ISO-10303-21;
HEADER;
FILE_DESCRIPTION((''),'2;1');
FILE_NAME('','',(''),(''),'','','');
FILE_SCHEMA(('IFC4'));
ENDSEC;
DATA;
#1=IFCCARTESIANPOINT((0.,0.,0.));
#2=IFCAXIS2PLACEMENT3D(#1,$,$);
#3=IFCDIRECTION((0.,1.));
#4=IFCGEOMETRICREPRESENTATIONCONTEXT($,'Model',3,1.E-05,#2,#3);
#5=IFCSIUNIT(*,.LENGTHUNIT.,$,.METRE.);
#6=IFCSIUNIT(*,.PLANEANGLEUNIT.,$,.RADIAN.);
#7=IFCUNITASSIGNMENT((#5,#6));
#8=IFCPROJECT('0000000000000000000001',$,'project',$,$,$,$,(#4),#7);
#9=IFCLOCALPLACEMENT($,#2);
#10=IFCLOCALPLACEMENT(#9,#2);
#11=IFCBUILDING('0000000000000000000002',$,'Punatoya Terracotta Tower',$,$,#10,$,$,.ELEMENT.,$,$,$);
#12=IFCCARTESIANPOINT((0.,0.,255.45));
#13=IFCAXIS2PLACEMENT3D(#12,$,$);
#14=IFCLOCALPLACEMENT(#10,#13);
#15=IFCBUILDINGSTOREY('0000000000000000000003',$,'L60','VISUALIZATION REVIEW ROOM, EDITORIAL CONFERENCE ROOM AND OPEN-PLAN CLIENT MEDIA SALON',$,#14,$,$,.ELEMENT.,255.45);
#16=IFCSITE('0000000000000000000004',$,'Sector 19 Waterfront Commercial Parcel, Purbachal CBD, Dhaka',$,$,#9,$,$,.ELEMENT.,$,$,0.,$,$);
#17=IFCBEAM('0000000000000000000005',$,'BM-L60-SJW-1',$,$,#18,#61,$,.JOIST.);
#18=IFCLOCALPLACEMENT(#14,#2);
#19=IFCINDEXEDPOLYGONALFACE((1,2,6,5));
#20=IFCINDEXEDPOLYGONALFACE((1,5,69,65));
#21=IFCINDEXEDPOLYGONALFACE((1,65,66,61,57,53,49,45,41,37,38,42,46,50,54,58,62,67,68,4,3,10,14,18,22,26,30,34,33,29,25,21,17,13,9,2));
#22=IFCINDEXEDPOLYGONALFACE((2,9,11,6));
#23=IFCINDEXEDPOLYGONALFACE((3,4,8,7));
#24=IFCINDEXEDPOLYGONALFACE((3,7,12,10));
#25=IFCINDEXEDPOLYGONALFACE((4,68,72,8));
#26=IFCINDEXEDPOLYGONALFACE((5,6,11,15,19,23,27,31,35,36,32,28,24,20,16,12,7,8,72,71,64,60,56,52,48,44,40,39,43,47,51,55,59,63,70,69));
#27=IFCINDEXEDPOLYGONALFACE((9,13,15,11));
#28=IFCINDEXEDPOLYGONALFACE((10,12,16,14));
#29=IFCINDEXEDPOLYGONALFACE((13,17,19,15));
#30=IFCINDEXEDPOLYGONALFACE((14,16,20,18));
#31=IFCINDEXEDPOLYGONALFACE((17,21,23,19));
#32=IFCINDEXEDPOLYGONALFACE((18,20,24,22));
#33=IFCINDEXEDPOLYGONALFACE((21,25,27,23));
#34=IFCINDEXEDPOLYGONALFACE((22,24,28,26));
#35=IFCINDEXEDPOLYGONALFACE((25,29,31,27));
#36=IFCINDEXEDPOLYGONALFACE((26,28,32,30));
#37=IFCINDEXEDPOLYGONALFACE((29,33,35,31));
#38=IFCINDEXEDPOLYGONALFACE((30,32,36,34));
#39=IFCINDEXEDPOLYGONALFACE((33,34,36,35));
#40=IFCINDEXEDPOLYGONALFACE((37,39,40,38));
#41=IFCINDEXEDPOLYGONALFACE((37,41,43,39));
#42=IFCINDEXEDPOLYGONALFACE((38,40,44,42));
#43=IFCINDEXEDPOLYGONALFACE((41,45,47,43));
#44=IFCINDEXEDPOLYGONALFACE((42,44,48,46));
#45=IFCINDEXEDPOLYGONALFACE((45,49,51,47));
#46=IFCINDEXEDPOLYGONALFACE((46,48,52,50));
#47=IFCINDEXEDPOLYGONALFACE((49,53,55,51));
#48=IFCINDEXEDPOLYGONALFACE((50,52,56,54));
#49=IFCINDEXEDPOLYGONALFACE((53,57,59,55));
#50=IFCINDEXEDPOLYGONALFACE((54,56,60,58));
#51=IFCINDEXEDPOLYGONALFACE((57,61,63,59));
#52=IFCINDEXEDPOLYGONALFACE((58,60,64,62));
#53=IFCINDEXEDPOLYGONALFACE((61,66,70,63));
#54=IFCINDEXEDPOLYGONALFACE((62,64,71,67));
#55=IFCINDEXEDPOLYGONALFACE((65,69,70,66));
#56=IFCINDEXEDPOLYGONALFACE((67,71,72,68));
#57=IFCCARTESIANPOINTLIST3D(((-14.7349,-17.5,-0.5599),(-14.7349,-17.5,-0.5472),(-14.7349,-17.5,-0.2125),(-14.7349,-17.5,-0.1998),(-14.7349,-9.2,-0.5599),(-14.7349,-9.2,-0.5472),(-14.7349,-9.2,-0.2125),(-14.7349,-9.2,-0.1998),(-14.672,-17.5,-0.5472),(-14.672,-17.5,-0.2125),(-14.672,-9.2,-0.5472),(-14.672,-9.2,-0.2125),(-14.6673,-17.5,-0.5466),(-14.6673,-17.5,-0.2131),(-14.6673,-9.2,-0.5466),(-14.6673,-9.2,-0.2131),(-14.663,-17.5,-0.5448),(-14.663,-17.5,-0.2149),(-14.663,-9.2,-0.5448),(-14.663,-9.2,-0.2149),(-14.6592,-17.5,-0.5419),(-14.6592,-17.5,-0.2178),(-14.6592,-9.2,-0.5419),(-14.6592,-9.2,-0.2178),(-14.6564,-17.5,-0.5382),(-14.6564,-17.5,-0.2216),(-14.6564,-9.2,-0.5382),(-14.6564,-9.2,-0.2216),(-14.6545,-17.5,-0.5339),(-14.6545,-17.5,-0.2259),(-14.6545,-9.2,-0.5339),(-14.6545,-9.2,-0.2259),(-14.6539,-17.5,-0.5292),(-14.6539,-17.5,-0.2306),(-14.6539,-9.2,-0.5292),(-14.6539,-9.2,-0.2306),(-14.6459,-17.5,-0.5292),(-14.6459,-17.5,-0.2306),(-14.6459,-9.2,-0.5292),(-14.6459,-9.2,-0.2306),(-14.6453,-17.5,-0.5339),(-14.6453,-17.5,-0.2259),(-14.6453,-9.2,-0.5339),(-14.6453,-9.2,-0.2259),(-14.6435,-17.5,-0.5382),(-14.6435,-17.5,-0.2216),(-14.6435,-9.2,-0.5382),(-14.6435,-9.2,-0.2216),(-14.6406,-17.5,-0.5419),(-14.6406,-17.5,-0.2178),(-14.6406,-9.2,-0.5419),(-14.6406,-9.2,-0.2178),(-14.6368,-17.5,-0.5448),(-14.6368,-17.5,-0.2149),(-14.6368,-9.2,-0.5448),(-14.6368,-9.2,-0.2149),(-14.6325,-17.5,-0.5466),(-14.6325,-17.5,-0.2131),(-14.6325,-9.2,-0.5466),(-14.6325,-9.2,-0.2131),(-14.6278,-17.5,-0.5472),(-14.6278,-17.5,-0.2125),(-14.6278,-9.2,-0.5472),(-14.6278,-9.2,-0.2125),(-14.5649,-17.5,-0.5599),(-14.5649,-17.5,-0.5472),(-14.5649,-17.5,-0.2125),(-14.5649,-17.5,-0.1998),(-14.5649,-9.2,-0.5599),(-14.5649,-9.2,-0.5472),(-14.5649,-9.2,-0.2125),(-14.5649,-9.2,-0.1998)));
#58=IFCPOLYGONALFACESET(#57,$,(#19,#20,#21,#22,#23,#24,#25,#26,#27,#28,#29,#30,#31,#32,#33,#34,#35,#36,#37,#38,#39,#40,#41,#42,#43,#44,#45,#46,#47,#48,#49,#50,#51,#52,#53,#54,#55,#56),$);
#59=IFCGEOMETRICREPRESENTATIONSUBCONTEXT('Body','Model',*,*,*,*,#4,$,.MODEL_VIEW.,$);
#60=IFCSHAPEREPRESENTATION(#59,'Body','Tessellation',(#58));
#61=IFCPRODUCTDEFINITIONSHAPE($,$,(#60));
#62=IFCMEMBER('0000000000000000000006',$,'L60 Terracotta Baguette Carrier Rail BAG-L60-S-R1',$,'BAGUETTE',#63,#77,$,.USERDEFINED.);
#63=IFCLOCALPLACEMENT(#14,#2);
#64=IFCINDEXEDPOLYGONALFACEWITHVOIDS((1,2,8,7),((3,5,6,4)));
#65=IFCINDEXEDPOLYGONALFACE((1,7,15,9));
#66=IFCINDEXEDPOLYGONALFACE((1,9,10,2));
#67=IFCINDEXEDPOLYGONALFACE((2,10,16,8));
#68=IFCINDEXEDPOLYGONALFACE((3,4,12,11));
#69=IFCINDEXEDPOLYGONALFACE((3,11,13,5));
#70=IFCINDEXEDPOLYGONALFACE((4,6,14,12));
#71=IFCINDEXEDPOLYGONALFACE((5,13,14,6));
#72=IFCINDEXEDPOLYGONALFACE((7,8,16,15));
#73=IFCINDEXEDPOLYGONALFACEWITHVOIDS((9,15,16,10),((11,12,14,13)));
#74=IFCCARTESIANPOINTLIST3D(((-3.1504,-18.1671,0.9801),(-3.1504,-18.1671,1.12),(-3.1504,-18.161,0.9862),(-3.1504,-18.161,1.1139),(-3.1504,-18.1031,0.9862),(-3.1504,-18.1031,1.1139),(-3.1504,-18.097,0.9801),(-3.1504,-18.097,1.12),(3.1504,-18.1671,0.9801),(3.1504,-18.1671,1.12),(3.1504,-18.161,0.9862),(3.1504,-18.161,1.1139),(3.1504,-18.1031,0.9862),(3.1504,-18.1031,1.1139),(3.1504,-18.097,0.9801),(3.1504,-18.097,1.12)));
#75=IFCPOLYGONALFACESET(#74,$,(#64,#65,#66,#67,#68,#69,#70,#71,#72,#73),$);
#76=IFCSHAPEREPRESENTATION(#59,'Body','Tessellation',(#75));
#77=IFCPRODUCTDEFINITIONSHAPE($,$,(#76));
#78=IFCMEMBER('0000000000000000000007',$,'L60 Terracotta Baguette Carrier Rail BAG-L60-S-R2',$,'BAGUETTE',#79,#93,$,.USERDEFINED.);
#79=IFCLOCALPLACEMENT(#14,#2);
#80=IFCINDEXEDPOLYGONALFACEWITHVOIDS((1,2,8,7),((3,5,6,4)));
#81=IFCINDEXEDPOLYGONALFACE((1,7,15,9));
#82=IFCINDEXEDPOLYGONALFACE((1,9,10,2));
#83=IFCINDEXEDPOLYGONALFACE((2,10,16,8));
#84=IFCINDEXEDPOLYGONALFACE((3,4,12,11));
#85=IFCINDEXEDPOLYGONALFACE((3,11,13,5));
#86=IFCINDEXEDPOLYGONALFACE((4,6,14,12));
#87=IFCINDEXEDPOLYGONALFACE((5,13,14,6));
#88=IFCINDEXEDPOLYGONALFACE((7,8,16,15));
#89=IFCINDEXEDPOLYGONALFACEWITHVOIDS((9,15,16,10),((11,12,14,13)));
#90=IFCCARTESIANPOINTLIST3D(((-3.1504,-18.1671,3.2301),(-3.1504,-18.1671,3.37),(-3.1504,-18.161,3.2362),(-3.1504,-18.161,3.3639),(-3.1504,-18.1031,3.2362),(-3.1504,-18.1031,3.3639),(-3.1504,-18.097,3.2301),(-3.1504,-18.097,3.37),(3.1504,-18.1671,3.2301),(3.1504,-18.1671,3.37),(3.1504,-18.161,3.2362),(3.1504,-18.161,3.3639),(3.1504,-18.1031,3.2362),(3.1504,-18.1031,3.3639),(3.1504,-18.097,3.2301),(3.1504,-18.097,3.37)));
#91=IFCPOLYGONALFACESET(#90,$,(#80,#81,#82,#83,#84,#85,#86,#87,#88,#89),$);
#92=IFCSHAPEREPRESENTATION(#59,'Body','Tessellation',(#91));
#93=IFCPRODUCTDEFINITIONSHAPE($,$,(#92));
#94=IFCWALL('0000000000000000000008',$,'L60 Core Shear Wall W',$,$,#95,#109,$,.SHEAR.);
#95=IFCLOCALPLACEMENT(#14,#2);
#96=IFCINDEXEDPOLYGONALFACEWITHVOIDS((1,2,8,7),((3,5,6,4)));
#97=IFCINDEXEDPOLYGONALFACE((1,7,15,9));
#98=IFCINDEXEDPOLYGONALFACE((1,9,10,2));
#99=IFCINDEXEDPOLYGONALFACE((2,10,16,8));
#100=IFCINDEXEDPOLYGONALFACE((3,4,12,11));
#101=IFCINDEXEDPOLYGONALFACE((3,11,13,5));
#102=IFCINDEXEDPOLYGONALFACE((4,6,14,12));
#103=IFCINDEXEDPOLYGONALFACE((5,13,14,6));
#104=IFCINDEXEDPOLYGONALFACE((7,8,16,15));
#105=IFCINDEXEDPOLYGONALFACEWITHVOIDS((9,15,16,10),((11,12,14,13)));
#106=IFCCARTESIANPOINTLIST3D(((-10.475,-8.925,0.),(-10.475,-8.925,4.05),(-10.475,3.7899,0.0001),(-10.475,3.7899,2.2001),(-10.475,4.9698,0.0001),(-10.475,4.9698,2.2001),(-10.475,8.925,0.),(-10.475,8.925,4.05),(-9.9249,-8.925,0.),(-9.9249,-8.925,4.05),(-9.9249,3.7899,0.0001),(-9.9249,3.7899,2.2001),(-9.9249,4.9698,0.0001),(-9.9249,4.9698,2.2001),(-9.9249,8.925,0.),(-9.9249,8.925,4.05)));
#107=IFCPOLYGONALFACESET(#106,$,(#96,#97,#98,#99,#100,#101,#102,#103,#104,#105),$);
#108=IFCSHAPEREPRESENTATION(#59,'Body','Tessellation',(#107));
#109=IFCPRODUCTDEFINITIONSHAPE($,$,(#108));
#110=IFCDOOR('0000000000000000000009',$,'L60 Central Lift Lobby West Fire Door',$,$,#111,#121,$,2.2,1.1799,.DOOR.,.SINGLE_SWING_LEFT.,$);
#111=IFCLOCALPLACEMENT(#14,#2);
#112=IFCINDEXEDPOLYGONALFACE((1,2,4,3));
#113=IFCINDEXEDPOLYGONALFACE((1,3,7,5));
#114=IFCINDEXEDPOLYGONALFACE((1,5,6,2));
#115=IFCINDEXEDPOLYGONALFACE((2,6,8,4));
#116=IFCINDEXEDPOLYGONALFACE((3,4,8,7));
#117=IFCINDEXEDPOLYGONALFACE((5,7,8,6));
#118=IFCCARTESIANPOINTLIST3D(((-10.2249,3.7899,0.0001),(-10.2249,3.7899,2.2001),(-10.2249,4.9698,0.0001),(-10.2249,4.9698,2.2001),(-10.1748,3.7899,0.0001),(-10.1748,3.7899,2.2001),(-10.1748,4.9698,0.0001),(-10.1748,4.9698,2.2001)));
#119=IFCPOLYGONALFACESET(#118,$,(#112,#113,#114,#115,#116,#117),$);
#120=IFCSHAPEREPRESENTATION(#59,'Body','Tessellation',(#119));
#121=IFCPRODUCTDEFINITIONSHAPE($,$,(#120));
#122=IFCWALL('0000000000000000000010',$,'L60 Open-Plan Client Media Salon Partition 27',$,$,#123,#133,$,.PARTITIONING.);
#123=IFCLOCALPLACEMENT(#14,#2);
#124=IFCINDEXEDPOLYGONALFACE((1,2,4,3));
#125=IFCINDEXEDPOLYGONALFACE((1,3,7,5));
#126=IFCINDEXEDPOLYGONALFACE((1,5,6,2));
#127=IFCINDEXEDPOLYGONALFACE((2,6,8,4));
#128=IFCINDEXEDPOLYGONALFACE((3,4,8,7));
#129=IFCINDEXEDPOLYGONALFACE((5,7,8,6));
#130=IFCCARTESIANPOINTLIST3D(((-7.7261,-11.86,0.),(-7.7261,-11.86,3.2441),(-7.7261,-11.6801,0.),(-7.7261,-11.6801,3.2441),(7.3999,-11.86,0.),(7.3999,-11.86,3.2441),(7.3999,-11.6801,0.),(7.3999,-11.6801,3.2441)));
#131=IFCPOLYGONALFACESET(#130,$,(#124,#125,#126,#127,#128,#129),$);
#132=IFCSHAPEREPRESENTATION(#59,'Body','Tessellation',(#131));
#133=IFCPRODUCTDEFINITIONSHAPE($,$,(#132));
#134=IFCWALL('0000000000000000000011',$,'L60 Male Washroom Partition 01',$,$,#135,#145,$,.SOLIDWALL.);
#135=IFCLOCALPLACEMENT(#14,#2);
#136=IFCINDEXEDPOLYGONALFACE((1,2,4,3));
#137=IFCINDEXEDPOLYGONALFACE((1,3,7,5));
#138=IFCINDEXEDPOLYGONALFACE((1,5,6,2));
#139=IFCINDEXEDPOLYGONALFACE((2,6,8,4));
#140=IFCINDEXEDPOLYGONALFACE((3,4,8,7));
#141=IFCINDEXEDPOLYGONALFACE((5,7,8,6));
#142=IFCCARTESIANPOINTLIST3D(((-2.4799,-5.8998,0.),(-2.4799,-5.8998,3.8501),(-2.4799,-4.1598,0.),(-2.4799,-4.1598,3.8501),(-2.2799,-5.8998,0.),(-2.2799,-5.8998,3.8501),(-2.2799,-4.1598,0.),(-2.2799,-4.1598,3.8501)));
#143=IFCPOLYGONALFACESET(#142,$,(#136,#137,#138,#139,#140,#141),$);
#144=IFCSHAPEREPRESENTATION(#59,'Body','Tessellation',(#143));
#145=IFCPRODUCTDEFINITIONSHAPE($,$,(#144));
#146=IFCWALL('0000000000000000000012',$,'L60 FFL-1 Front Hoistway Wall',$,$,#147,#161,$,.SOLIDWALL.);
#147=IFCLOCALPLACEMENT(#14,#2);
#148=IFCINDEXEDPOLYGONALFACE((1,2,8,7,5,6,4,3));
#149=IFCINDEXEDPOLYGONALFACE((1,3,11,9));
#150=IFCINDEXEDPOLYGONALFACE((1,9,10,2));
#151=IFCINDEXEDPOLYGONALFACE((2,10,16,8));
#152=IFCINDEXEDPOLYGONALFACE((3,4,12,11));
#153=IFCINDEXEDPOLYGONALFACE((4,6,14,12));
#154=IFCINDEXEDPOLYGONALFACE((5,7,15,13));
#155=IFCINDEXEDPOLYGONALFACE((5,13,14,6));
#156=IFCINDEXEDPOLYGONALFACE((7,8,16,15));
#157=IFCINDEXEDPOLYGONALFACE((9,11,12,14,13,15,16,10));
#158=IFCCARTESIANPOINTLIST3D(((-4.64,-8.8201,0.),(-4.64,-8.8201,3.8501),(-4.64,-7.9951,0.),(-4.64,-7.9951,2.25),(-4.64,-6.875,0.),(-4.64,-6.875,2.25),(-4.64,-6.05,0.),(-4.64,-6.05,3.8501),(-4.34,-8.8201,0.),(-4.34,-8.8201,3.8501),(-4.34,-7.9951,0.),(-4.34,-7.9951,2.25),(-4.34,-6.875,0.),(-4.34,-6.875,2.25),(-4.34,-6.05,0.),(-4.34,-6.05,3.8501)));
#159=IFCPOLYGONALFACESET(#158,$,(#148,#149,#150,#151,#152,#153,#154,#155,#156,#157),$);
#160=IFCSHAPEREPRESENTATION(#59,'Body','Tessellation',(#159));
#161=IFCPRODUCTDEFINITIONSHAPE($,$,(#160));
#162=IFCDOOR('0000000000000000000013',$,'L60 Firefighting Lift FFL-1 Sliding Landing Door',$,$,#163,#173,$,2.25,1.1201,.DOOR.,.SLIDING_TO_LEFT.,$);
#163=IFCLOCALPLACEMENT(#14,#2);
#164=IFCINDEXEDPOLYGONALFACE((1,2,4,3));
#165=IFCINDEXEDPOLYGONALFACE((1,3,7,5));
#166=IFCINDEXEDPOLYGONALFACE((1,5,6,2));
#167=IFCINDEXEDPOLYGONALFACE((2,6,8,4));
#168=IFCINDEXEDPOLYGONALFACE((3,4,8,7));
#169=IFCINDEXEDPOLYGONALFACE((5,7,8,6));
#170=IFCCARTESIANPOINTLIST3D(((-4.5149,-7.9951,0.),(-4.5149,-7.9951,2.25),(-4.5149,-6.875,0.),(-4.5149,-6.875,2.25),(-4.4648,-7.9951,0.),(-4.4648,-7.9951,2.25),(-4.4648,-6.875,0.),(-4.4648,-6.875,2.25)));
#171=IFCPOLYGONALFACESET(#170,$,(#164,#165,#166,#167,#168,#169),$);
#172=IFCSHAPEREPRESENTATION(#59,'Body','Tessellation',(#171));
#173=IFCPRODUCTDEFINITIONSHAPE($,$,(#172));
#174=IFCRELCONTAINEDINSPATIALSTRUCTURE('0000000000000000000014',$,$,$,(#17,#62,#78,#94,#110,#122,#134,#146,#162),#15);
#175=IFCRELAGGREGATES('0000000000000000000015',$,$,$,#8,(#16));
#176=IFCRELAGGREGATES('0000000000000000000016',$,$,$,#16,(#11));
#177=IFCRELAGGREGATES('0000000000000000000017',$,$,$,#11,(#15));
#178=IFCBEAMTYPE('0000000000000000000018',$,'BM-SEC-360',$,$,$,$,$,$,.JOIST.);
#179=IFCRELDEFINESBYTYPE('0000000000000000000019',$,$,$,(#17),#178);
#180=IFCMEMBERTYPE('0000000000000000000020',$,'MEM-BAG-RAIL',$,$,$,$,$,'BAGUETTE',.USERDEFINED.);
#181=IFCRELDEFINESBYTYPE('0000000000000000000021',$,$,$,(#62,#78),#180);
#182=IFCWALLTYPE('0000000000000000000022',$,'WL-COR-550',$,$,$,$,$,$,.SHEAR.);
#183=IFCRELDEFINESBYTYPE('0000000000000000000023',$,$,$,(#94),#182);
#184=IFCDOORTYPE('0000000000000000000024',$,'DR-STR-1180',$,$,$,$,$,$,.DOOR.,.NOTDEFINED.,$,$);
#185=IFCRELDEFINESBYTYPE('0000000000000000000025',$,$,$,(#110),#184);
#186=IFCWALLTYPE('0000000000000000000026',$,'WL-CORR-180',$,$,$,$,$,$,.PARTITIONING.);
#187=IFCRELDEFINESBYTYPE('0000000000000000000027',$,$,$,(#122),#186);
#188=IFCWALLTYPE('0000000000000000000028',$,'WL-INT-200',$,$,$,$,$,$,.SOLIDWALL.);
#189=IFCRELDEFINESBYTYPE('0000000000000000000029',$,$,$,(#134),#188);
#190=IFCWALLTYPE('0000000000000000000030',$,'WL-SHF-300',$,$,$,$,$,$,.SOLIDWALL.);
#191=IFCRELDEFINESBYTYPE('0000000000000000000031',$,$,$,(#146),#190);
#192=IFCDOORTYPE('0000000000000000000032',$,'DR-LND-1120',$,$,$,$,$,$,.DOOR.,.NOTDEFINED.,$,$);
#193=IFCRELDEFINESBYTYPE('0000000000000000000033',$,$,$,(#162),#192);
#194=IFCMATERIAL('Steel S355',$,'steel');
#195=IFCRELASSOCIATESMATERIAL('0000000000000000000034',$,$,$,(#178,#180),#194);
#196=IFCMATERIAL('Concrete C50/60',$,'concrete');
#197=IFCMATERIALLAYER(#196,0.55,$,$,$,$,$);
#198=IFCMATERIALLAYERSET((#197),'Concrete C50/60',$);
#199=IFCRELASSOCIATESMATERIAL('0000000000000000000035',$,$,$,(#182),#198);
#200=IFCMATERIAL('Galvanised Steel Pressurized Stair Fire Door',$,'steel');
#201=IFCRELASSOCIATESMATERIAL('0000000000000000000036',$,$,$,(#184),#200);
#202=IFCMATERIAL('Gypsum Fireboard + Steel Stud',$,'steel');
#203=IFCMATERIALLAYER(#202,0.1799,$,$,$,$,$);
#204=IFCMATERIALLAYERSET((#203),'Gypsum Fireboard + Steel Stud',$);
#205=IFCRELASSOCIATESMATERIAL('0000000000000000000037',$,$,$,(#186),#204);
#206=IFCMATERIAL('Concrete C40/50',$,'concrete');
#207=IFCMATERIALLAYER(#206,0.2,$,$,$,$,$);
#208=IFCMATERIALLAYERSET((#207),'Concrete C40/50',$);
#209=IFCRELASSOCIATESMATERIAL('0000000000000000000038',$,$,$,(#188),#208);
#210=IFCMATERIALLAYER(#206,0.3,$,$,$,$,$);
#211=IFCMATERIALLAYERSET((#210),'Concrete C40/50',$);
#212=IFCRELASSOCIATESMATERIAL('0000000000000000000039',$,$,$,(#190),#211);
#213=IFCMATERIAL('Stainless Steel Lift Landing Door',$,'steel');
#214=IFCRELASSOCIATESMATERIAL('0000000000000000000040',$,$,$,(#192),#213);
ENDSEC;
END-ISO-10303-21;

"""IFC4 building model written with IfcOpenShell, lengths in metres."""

from ifc_helpers import new_model, si_unit, direction, frame, frame_2d, origin, origin_2d, place, context, subcontext, project, spatial, rectangle, hollow_rectangle, i_section, extrude, material, layer, layer_set, material_profile, profile_set, type_object, element, fill, save


model = new_model("IFC4")

# Units and contexts
model_context = context("Model", 3, precision=1e-05, world=origin(), true_north=direction((0.0, 1.0)))
body_context = subcontext(model_context, "Body", "Model", "MODEL_VIEW")
ifc_project = project(units=[si_unit("LENGTHUNIT", "METRE"), si_unit("PLANEANGLEUNIT", "RADIAN")], contexts=[model_context])

# Site, building, storey
site_placement = place(None, origin())
site = spatial("IfcSite", under=ifc_project, at=site_placement, Name="Sector 19 Waterfront Commercial Parcel, Purbachal CBD, Dhaka", CompositionType="ELEMENT", RefElevation=0.0)
building_placement = place(site_placement, origin())
building = spatial("IfcBuilding", under=site, at=building_placement, Name="Punatoya Terracotta Tower", CompositionType="ELEMENT")
storey_placement = place(building_placement, frame((0.0, 0.0, 255.45)))
storey = spatial("IfcBuildingStorey", under=building, at=storey_placement, Name="L60", Description="VISUALIZATION REVIEW ROOM, EDITORIAL CONFERENCE ROOM AND OPEN-PLAN CLIENT MEDIA SALON", CompositionType="ELEMENT", Elevation=255.45)

# Beam
ifc_material_1 = material(Name="Steel S355", Category="steel")
ifc_material_profile_1 = material_profile(ifc_material_1, i_section(OverallWidth=0.1699, OverallDepth=0.3601, WebThickness=0.0081, FlangeThickness=0.0127, FilletRadius=0.0181, at=origin_2d()))
ifc_profile_set_1 = profile_set([ifc_material_profile_1], Name="Steel S355")
beam_type_1 = type_object("IfcBeamType", Name="BM-SEC-360", PredefinedType="JOIST", material=ifc_profile_set_1)
beam_1_placement = place(storey_placement, frame((-14.6499, -17.5, -0.3799), z_axis=(0.0, 1.0, 0.0), x_axis=(-1.0, 0.0, 0.0)))
element("IfcBeam", 1, at=beam_1_placement, inside=storey, type_object=beam_type_1, Name="BM-L60-SJW-1", PredefinedType="JOIST", context=body_context, shape_type="SweptSolid", body=[
    extrude(i_section(OverallWidth=0.1699, OverallDepth=0.3601, WebThickness=0.0081, FlangeThickness=0.0127, FilletRadius=0.0181, at=origin_2d()), origin(), (0.0, 0.0, 1.0), 8.3),
])

# Members
ifc_material_profile_2 = material_profile(ifc_material_1, hollow_rectangle(XDim=0.0701, YDim=0.1399, WallThickness=0.0061, at=origin_2d()))
ifc_profile_set_2 = profile_set([ifc_material_profile_2], Name="Steel S355")
member_type = type_object("IfcMemberType", Name="MEM-BAG-RAIL", ElementType="BAGUETTE", PredefinedType="USERDEFINED", material=ifc_profile_set_2)
for number, where, z_axis, x_axis, name in (
    (2, (-3.1504, -18.1321, 1.05), (1.0, 0.0, 0.0), (0.0, 1.0, 0.0), "L60 Terracotta Baguette Carrier Rail BAG-L60-S-R1"),
    (3, (-3.1504, -18.1321, 3.3), (1.0, 0.0, 0.0), (0.0, 1.0, 0.0), "L60 Terracotta Baguette Carrier Rail BAG-L60-S-R2"),
):
    element("IfcMember", number, at=place(storey_placement, frame(where, z_axis=z_axis, x_axis=x_axis)), inside=storey, type_object=member_type, Name=name, ObjectType="BAGUETTE", PredefinedType="USERDEFINED", context=body_context, shape_type="SweptSolid", body=[
        extrude(hollow_rectangle(XDim=0.0701, YDim=0.1399, WallThickness=0.0061, at=origin_2d()), origin(), (0.0, 0.0, 1.0), 6.3008),
    ])

# Wall, opening, door
ifc_material_2 = material(Name="Concrete C50/60", Category="concrete")
ifc_layer_1 = layer(ifc_material_2, 0.55)
ifc_layer_set_1 = layer_set([ifc_layer_1], Name="Concrete C50/60")
wall_type_1 = type_object("IfcWallType", Name="WL-COR-550", PredefinedType="SHEAR", material=ifc_layer_set_1)
wall_1_placement = place(storey_placement, frame((-10.2, -8.925, 0.0), z_axis=(0.0, 0.0, 1.0), x_axis=(0.0, 1.0, 0.0)))
wall_1 = element("IfcWall", 4, at=wall_1_placement, inside=storey, type_object=wall_type_1, Name="L60 Core Shear Wall W", PredefinedType="SHEAR", context=body_context, shape_type="SweptSolid", body=[
    extrude(rectangle(XDim=17.8501, YDim=0.55, at=frame_2d((8.925, 0.0))), origin(), (0.0, 0.0, 1.0), 4.05),
])
opening_1_placement = place(wall_1_placement, frame((12.7151, 0.0, 0.0)))
opening_1 = element("IfcOpeningElement", 5, at=opening_1_placement, cuts=wall_1, PredefinedType="OPENING", context=body_context, shape_type="SweptSolid", body=[
    extrude(rectangle(XDim=1.1799, YDim=2.2, at=frame_2d((0.5898, 1.1001))), frame((0.0, 0.2849, 0.0), z_axis=(0.0, -1.0, 0.0), x_axis=(1.0, 0.0, 0.0)), (0.0, 0.0, 1.0), 0.5701),
])
ifc_material_3 = material(Name="Galvanised Steel Pressurized Stair Fire Door", Category="steel")
door_type_1 = type_object("IfcDoorType", Name="DR-STR-1180", OperationType="NOTDEFINED", PredefinedType="DOOR", material=ifc_material_3)
door_1_placement = place(opening_1_placement, origin())
door_1 = element("IfcDoor", 6, at=door_1_placement, inside=storey, type_object=door_type_1, Name="L60 Central Lift Lobby West Fire Door", OperationType="SINGLE_SWING_LEFT", OverallHeight=2.2, OverallWidth=1.1799, PredefinedType="DOOR", context=body_context, shape_type="SweptSolid", body=[
    extrude(rectangle(XDim=1.1799, YDim=2.2, at=frame_2d((0.5898, 1.1001))), frame((0.0, 0.0249, 0.0), z_axis=(0.0, -1.0, 0.0), x_axis=(1.0, 0.0, 0.0)), (0.0, 0.0, 1.0), 0.05),
])
fill(opening_1, door_1)

# Walls
ifc_material_4 = material(Name="Gypsum Fireboard + Steel Stud", Category="steel")
ifc_layer_2 = layer(ifc_material_4, 0.1799)
ifc_layer_set_2 = layer_set([ifc_layer_2], Name="Gypsum Fireboard + Steel Stud")
wall_type_2 = type_object("IfcWallType", Name="WL-CORR-180", PredefinedType="PARTITIONING", material=ifc_layer_set_2)
wall_2_placement = place(storey_placement, frame((-7.7261, -11.77, 0.0), z_axis=(0.0, 0.0, 1.0), x_axis=(1.0, 0.0, 0.0)))
element("IfcWall", 7, at=wall_2_placement, inside=storey, type_object=wall_type_2, Name="L60 Open-Plan Client Media Salon Partition 27", PredefinedType="PARTITIONING", context=body_context, shape_type="SweptSolid", body=[
    extrude(rectangle(XDim=15.126, YDim=0.1799, at=frame_2d((7.563, 0.0))), origin(), (0.0, 0.0, 1.0), 3.2441),
])
ifc_material_5 = material(Name="Concrete C40/50", Category="concrete")
ifc_layer_3 = layer(ifc_material_5, 0.2)
ifc_layer_set_3 = layer_set([ifc_layer_3], Name="Concrete C40/50")
wall_type_3 = type_object("IfcWallType", Name="WL-INT-200", PredefinedType="SOLIDWALL", material=ifc_layer_set_3)
wall_3_placement = place(storey_placement, frame((-2.3799, -5.8999, 0.0), z_axis=(0.0, 0.0, 1.0), x_axis=(0.0, 1.0, 0.0)))
element("IfcWall", 8, at=wall_3_placement, inside=storey, type_object=wall_type_3, Name="L60 Male Washroom Partition 01", PredefinedType="SOLIDWALL", context=body_context, shape_type="SweptSolid", body=[
    extrude(rectangle(XDim=1.74, YDim=0.2, at=frame_2d((0.8701, 0.0))), origin(), (0.0, 0.0, 1.0), 3.8501),
])

# Wall, opening, door
ifc_layer_4 = layer(ifc_material_5, 0.3)
ifc_layer_set_4 = layer_set([ifc_layer_4], Name="Concrete C40/50")
wall_type_4 = type_object("IfcWallType", Name="WL-SHF-300", PredefinedType="SOLIDWALL", material=ifc_layer_set_4)
wall_4_placement = place(storey_placement, frame((-4.49, -8.8201, 0.0), z_axis=(0.0, 0.0, 1.0), x_axis=(0.0, 1.0, 0.0)))
wall_4 = element("IfcWall", 9, at=wall_4_placement, inside=storey, type_object=wall_type_4, Name="L60 FFL-1 Front Hoistway Wall", PredefinedType="SOLIDWALL", context=body_context, shape_type="SweptSolid", body=[
    extrude(rectangle(XDim=2.77, YDim=0.3, at=frame_2d((1.385, 0.0))), origin(), (0.0, 0.0, 1.0), 3.8501),
])
opening_2_placement = place(wall_4_placement, frame((0.825, 0.0, 0.0)))
opening_2 = element("IfcOpeningElement", 10, at=opening_2_placement, cuts=wall_4, PredefinedType="OPENING", context=body_context, shape_type="SweptSolid", body=[
    extrude(rectangle(XDim=1.1201, YDim=2.25, at=frame_2d((0.5601, 1.125))), frame((0.0, 0.1599, 0.0), z_axis=(0.0, -1.0, 0.0), x_axis=(1.0, 0.0, 0.0)), (0.0, 0.0, 1.0), 0.3201),
])
ifc_material_6 = material(Name="Stainless Steel Lift Landing Door", Category="steel")
door_type_2 = type_object("IfcDoorType", Name="DR-LND-1120", OperationType="NOTDEFINED", PredefinedType="DOOR", material=ifc_material_6)
door_2_placement = place(opening_2_placement, origin())
door_2 = element("IfcDoor", 11, at=door_2_placement, inside=storey, type_object=door_type_2, Name="L60 Firefighting Lift FFL-1 Sliding Landing Door", OperationType="SLIDING_TO_LEFT", OverallHeight=2.25, OverallWidth=1.1201, PredefinedType="DOOR", context=body_context, shape_type="SweptSolid", body=[
    extrude(rectangle(XDim=1.1201, YDim=2.25, at=frame_2d((0.5601, 1.125))), frame((0.0, 0.0249, 0.0), z_axis=(0.0, -1.0, 0.0), x_axis=(1.0, 0.0, 0.0)), (0.0, 0.0, 1.0), 0.05),
])
fill(opening_2, door_2)

save(model, "model.ifc")
